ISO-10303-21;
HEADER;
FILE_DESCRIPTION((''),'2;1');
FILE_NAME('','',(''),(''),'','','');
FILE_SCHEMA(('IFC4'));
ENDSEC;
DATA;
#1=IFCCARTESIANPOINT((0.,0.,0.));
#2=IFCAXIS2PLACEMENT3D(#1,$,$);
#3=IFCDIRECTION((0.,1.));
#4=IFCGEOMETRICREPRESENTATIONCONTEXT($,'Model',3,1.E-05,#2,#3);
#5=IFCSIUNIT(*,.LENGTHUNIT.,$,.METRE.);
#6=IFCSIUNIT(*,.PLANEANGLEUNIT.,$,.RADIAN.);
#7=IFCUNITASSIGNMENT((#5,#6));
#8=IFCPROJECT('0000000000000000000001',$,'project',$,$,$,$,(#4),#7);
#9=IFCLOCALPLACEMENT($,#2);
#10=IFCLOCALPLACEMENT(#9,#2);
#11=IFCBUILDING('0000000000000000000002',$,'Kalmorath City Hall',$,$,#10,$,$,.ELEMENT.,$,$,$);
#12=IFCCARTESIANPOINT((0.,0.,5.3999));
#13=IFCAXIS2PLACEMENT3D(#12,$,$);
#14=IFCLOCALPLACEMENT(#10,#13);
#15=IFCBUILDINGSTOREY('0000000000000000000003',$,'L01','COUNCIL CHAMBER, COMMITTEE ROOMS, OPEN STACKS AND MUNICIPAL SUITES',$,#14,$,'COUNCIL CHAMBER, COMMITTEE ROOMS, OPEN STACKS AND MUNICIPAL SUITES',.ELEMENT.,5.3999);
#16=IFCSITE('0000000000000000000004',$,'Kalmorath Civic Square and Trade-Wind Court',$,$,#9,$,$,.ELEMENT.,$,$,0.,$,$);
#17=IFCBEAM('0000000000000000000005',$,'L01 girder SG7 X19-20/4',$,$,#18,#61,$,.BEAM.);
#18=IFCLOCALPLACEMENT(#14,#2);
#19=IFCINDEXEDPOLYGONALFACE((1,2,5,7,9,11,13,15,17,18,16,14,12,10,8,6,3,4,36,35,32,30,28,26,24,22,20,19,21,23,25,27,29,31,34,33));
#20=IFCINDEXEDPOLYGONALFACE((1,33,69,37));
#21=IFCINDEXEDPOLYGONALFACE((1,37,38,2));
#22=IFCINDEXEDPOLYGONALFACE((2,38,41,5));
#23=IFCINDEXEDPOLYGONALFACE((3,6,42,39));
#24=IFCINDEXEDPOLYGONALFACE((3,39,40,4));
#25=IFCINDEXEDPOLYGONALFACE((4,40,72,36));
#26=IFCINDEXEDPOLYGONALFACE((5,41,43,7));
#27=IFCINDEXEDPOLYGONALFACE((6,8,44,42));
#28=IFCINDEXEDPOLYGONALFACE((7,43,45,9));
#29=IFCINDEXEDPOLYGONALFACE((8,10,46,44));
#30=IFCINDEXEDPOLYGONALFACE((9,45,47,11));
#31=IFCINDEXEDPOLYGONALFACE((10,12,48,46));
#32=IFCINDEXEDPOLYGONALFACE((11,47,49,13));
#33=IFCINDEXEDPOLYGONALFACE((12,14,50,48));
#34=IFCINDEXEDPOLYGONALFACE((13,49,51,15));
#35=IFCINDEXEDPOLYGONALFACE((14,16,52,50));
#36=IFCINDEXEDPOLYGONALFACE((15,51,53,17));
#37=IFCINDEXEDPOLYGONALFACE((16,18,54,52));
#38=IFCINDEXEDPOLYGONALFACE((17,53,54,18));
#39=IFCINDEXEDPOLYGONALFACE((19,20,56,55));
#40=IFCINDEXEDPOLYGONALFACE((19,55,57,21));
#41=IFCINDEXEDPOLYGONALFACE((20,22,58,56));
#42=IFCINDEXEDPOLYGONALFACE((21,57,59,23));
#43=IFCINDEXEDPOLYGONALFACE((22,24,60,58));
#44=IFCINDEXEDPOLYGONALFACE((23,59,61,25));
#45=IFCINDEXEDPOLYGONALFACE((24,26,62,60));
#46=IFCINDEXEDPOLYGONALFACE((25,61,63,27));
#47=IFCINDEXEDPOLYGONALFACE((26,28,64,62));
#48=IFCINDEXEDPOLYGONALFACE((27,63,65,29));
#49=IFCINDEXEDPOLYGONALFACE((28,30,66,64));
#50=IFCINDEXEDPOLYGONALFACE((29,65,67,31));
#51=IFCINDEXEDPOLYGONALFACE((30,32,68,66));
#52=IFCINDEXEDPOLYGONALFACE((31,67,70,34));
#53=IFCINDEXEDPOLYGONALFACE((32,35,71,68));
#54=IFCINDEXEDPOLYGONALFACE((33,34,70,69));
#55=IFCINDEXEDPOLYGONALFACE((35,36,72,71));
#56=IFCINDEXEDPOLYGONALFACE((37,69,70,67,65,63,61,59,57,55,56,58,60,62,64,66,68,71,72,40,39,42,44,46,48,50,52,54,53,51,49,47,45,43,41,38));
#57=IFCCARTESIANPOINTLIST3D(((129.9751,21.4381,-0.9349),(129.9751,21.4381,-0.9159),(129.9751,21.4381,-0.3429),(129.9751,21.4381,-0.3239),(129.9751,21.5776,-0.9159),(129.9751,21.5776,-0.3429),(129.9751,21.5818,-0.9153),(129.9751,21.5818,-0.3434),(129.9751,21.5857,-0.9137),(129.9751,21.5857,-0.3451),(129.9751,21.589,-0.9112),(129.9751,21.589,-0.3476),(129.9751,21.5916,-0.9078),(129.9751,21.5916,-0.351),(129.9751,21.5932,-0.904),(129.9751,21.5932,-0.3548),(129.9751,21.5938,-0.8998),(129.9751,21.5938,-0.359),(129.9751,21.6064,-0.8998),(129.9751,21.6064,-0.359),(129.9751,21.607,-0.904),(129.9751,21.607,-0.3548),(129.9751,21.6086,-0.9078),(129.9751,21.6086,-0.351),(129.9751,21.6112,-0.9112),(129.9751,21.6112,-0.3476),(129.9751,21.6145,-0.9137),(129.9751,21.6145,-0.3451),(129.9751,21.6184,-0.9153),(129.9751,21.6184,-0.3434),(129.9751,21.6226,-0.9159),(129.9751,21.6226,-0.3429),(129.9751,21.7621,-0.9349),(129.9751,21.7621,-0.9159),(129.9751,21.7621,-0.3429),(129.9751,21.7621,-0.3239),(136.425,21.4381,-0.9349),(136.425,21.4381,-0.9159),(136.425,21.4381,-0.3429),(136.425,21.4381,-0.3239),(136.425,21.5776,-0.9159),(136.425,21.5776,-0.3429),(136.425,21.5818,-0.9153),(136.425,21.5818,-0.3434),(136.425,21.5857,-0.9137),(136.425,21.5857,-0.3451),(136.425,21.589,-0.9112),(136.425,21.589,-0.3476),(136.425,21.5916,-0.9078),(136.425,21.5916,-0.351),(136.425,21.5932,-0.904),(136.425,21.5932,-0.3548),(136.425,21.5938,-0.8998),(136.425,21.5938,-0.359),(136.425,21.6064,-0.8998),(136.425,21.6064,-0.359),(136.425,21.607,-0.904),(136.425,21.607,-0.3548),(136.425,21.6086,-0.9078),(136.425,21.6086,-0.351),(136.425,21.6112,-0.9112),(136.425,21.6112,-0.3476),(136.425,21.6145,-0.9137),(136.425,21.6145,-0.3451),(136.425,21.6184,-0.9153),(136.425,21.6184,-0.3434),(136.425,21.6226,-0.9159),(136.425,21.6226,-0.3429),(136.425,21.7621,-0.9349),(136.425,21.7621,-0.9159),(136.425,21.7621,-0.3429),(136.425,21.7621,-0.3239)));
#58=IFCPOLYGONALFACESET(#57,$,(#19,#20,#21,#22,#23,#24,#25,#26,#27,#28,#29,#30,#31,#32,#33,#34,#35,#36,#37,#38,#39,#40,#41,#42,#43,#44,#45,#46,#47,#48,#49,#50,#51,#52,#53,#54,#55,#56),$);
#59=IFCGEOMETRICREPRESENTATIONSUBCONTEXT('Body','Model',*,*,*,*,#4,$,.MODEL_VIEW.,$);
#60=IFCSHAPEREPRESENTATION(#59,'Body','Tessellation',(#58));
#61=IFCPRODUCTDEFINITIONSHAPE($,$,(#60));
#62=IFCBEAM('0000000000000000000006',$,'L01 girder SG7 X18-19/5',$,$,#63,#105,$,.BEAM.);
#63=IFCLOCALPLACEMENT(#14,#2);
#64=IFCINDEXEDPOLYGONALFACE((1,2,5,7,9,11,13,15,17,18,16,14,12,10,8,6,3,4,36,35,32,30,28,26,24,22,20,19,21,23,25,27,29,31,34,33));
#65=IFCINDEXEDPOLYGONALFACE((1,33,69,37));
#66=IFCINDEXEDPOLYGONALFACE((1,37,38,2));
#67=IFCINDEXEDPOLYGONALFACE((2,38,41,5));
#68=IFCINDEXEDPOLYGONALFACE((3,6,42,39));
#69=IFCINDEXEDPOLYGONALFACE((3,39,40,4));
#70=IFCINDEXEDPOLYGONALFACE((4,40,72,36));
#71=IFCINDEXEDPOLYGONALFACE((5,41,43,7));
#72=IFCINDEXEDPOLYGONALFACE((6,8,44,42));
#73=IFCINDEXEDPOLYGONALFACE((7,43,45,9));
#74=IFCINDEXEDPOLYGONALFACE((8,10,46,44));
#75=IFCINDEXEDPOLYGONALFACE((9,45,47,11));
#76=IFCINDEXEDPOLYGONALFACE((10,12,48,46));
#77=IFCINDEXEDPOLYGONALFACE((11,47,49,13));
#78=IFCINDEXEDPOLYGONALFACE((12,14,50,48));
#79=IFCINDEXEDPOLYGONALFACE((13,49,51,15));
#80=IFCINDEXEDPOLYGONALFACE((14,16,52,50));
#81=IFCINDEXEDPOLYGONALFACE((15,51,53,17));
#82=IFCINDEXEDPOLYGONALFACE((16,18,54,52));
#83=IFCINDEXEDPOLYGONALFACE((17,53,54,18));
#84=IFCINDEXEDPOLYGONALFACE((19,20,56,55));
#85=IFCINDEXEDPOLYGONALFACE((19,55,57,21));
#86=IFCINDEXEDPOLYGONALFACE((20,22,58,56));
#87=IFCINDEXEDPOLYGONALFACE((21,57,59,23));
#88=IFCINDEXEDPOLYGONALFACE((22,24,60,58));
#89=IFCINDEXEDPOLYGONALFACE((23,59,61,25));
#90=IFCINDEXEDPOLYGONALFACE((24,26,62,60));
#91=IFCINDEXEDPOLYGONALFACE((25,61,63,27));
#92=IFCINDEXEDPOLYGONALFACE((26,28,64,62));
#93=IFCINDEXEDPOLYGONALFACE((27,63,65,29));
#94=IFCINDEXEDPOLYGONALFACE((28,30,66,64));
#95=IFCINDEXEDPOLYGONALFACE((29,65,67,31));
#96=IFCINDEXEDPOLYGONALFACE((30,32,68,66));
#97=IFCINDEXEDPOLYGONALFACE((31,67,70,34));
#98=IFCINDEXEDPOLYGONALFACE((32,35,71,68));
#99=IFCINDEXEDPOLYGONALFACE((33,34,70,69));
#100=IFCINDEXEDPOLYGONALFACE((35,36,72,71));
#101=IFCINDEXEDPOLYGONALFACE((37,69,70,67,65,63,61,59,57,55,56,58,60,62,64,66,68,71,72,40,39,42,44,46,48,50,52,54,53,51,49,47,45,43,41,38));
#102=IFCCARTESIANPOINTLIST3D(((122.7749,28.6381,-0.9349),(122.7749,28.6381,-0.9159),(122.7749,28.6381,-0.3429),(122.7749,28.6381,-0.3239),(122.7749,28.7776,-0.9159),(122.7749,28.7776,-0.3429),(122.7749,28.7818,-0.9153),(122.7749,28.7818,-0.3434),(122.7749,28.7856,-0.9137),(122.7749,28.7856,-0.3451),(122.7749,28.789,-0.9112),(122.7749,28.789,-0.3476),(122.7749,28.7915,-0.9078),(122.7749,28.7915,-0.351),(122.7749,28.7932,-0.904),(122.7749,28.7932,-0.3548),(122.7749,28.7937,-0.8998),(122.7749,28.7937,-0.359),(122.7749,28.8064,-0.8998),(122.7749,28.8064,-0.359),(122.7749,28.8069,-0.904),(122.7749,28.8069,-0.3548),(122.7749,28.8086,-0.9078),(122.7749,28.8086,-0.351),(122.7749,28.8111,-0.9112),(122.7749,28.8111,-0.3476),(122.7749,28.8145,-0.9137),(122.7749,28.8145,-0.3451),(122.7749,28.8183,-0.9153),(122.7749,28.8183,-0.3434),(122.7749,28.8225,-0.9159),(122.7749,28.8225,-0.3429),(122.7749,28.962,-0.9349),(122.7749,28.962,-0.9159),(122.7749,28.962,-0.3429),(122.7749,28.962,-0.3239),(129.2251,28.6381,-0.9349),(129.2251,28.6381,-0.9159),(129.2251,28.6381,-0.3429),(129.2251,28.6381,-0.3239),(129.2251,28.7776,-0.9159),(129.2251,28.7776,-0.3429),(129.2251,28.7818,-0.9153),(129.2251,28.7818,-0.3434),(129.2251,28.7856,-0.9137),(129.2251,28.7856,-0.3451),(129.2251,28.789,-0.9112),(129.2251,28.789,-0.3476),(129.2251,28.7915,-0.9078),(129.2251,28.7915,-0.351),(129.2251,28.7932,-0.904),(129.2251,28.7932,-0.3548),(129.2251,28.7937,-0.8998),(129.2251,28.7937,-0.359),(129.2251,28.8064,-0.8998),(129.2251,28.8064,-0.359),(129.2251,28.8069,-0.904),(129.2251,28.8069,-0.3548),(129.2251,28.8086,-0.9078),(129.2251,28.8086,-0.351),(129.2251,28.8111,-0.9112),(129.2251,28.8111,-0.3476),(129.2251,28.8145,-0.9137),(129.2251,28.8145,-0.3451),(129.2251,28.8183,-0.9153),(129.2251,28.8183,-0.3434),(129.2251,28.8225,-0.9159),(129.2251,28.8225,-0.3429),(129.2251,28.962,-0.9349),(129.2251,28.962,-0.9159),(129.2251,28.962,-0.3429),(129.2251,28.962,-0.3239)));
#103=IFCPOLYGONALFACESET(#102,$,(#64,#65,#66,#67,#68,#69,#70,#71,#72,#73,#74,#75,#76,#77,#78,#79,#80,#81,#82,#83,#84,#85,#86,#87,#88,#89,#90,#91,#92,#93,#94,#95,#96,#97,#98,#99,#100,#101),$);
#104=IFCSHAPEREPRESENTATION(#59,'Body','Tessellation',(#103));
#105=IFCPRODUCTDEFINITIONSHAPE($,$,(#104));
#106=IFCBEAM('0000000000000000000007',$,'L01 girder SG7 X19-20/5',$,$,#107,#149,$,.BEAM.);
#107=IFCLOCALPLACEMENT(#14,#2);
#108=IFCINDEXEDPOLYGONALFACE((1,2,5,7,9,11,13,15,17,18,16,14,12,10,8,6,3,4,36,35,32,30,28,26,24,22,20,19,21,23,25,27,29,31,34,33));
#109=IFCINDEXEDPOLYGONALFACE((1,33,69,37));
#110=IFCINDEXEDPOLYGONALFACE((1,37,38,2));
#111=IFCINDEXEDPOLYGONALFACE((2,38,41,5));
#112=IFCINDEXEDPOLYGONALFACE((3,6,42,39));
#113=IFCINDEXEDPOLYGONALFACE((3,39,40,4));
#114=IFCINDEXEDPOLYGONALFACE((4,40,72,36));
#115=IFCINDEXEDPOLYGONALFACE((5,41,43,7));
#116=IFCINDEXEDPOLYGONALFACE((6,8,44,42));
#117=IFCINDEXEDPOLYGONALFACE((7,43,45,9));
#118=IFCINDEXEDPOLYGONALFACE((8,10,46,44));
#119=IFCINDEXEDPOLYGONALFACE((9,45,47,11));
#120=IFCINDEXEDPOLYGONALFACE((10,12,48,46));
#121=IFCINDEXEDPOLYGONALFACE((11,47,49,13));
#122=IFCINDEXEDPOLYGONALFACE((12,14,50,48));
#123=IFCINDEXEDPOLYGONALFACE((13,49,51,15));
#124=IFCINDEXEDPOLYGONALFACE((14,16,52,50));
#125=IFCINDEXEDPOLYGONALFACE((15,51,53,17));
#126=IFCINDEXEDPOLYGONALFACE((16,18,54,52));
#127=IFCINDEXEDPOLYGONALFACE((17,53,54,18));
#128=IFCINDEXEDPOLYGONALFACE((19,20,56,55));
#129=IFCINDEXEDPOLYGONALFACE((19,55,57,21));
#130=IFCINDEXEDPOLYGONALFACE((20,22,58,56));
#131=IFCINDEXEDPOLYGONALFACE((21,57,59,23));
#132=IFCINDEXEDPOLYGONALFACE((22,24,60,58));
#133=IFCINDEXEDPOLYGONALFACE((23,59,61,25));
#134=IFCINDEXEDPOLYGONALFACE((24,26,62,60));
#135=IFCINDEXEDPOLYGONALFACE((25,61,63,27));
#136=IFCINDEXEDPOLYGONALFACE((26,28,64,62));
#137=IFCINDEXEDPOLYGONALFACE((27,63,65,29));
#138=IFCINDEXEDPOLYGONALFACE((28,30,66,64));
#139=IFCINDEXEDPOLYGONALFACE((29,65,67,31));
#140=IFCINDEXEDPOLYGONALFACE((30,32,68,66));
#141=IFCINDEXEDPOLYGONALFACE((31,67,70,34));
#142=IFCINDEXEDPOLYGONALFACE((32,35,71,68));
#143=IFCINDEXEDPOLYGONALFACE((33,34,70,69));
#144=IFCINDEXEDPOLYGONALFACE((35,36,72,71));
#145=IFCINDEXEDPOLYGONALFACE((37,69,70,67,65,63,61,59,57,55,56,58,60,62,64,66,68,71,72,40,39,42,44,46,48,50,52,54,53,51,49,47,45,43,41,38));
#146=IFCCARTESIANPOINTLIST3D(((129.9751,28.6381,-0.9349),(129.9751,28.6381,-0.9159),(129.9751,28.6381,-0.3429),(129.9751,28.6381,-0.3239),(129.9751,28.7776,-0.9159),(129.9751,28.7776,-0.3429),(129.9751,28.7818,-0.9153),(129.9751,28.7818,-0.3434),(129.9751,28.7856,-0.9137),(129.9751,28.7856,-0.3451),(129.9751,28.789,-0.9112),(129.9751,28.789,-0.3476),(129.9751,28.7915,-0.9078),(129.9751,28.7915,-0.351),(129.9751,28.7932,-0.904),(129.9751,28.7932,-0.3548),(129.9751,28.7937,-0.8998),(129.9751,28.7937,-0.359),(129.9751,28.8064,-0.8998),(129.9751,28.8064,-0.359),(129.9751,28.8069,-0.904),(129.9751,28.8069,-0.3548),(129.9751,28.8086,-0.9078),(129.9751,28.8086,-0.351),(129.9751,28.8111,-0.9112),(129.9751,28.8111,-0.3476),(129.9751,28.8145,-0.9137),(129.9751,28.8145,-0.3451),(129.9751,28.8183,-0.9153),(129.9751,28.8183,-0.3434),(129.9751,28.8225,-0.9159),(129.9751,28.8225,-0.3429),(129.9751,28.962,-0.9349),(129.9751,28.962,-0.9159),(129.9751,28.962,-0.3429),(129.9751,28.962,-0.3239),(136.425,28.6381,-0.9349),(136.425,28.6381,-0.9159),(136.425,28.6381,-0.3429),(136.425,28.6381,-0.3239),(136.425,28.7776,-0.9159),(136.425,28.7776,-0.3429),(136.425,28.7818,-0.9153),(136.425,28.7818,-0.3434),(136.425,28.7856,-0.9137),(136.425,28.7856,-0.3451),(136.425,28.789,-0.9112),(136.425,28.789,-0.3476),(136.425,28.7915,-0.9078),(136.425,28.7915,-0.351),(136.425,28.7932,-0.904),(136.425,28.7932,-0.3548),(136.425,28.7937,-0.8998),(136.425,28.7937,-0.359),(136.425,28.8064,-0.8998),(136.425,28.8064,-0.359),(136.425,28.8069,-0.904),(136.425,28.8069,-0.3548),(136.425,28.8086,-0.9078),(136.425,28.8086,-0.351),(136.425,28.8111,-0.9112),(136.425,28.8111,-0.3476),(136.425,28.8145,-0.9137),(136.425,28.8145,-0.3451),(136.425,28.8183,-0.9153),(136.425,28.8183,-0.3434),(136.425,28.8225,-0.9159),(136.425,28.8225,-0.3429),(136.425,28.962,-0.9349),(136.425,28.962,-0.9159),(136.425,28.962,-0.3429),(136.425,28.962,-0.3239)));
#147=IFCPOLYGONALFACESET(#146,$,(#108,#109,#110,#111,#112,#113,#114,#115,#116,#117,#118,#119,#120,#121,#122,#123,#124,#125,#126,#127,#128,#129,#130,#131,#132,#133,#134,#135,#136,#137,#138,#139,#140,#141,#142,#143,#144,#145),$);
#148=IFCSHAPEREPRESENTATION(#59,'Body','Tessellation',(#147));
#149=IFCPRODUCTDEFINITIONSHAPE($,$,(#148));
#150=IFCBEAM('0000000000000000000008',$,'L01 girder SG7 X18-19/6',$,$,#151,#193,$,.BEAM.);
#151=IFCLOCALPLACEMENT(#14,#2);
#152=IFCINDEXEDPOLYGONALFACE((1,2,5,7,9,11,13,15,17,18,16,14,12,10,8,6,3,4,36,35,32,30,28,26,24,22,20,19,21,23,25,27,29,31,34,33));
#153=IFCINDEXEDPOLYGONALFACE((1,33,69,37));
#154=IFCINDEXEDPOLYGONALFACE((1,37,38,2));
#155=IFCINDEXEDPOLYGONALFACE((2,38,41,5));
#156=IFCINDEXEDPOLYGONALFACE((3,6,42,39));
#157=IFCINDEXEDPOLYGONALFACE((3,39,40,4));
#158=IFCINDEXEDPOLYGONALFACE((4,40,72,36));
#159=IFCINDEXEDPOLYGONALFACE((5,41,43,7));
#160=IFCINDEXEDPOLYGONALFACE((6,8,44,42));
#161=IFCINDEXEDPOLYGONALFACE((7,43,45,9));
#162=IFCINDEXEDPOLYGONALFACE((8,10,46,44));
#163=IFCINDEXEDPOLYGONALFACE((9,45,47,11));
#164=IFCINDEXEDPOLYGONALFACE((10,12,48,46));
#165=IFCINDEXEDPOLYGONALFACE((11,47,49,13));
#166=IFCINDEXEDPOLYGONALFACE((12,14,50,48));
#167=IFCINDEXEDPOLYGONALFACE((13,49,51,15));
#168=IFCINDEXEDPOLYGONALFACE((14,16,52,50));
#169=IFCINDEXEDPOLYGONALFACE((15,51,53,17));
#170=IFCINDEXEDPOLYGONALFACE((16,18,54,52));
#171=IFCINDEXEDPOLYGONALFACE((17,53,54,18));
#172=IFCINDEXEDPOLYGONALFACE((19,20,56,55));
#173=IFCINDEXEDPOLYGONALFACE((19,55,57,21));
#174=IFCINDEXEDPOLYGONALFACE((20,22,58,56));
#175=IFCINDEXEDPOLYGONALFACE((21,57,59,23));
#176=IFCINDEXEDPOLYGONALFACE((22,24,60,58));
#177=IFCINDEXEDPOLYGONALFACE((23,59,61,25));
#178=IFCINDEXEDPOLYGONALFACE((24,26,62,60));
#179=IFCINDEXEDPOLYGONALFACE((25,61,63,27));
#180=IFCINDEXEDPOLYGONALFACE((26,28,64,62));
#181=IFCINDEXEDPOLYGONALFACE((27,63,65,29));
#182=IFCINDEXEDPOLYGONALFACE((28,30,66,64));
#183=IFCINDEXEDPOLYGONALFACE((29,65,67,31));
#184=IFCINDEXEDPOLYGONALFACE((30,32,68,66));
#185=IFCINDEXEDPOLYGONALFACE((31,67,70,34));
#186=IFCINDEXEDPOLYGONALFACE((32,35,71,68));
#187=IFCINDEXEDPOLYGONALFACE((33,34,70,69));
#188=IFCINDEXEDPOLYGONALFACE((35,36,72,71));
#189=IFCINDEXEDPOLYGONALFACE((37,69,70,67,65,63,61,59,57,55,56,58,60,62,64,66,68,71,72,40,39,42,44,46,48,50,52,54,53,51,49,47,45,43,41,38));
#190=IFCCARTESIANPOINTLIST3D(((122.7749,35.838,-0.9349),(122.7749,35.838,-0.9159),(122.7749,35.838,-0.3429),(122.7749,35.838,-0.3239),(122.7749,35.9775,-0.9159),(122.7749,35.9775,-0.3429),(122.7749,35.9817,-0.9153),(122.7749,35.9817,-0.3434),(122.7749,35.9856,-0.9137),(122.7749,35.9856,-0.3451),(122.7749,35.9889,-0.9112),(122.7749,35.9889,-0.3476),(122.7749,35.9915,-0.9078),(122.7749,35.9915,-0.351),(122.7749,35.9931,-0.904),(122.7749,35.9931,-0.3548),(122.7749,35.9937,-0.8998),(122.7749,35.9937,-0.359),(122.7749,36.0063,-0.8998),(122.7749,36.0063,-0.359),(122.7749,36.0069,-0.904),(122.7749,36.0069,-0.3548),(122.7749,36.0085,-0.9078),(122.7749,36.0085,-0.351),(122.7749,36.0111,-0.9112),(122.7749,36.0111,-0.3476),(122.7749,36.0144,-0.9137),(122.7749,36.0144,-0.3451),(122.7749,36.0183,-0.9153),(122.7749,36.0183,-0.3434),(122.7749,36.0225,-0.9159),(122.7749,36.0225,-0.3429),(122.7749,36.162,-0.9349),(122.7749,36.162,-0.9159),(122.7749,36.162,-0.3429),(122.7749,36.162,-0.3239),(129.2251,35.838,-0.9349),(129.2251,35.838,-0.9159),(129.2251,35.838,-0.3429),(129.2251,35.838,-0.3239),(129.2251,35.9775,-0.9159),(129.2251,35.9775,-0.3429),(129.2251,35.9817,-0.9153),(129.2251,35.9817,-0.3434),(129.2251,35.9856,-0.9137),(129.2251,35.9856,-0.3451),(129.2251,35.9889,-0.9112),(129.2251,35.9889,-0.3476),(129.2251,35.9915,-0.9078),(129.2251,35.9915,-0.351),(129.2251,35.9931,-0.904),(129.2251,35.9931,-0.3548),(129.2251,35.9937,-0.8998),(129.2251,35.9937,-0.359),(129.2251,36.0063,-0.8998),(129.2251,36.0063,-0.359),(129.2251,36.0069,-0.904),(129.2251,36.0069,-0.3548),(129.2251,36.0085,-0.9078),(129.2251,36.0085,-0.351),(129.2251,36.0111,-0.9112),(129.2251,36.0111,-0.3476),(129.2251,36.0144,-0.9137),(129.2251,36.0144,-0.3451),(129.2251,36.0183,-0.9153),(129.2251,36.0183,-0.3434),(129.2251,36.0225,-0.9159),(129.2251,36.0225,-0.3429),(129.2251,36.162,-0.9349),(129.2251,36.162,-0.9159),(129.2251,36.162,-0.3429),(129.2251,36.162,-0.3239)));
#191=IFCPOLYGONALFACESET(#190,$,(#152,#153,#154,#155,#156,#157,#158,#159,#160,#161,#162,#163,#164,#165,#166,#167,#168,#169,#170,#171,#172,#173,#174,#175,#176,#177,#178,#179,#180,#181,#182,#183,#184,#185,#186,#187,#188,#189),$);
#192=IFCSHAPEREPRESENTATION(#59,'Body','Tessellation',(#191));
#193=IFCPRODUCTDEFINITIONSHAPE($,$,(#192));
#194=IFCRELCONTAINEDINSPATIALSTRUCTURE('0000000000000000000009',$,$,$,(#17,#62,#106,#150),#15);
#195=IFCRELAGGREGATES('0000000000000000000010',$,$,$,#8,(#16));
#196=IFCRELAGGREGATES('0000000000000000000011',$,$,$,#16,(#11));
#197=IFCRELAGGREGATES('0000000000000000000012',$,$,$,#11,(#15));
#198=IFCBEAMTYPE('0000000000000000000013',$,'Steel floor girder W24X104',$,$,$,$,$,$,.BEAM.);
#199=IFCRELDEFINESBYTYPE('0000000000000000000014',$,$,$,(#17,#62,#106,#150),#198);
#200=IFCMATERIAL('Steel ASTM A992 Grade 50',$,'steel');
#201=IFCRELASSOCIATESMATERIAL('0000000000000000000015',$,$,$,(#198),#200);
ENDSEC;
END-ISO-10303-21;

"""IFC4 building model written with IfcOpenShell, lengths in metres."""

from ifc_helpers import new_model, si_unit, direction, frame, origin, origin_2d, place, context, subcontext, project, spatial, i_section, extrude, material, material_profile, profile_set, type_object, element, save


model = new_model("IFC4")

# Units and contexts
model_context = context("Model", 3, precision=1e-05, world=origin(), true_north=direction((0.0, 1.0)))
body_context = subcontext(model_context, "Body", "Model", "MODEL_VIEW")
ifc_project = project(units=[si_unit("LENGTHUNIT", "METRE"), si_unit("PLANEANGLEUNIT", "RADIAN")], contexts=[model_context])

# Site, building, storey
site_placement = place(None, origin())
site = spatial("IfcSite", under=ifc_project, at=site_placement, Name="Kalmorath Civic Square and Trade-Wind Court", CompositionType="ELEMENT", RefElevation=0.0)
building_placement = place(site_placement, origin())
building = spatial("IfcBuilding", under=site, at=building_placement, Name="Kalmorath City Hall", CompositionType="ELEMENT")
storey_placement = place(building_placement, frame((0.0, 0.0, 5.3999)))
storey = spatial("IfcBuildingStorey", under=building, at=storey_placement, Name="L01", Description="COUNCIL CHAMBER, COMMITTEE ROOMS, OPEN STACKS AND MUNICIPAL SUITES", LongName="COUNCIL CHAMBER, COMMITTEE ROOMS, OPEN STACKS AND MUNICIPAL SUITES", CompositionType="ELEMENT", Elevation=5.3999)

# Beams
ifc_material_1 = material(Name="Steel ASTM A992 Grade 50", Category="steel")
ifc_material_profile_1 = material_profile(ifc_material_1, i_section(OverallWidth=0.324, OverallDepth=0.6111, WebThickness=0.0127, FlangeThickness=0.019, FilletRadius=0.0161, at=origin_2d()), Name="W24X104")
ifc_profile_set_1 = profile_set([ifc_material_profile_1], Name="Steel ASTM A992 Grade 50")
beam_type_1 = type_object("IfcBeamType", Name="Steel floor girder W24X104", PredefinedType="BEAM", material=ifc_profile_set_1)
for number, where, z_axis, x_axis, name in (
    (1, (129.9751, 21.6001, -0.6294), (1.0, 0.0, 0.0), (0.0, 1.0, 0.0), "L01 girder SG7 X19-20/4"),
):
    element("IfcBeam", number, at=place(storey_placement, frame(where, z_axis=z_axis, x_axis=x_axis)), inside=storey, type_object=beam_type_1, Name=name, PredefinedType="BEAM", context=body_context, shape_type="SweptSolid", body=[
        extrude(i_section(OverallWidth=0.324, OverallDepth=0.6111, WebThickness=0.0127, FlangeThickness=0.019, FilletRadius=0.0161, at=origin_2d()), origin(), (0.0, 0.0, 1.0), 6.45),
    ])
beam_1_placement = place(storey_placement, frame((122.7749, 28.8, -0.6294), z_axis=(1.0, 0.0, 0.0), x_axis=(0.0, 1.0, 0.0)))
element("IfcBeam", 2, at=beam_1_placement, inside=storey, type_object=beam_type_1, Name="L01 girder SG7 X18-19/5", PredefinedType="BEAM", context=body_context, shape_type="SweptSolid", body=[
    extrude(i_section(OverallWidth=0.324, OverallDepth=0.6111, WebThickness=0.0127, FlangeThickness=0.019, FilletRadius=0.0161, at=origin_2d()), origin(), (0.0, 0.0, 1.0), 6.4502),
])
beam_2_placement = place(storey_placement, frame((129.9751, 28.8, -0.6294), z_axis=(1.0, 0.0, 0.0), x_axis=(0.0, 1.0, 0.0)))
element("IfcBeam", 3, at=beam_2_placement, inside=storey, type_object=beam_type_1, Name="L01 girder SG7 X19-20/5", PredefinedType="BEAM", context=body_context, shape_type="SweptSolid", body=[
    extrude(i_section(OverallWidth=0.324, OverallDepth=0.6111, WebThickness=0.0127, FlangeThickness=0.019, FilletRadius=0.0161, at=origin_2d()), origin(), (0.0, 0.0, 1.0), 6.45),
])
beam_3_placement = place(storey_placement, frame((122.7749, 36.0, -0.6294), z_axis=(1.0, 0.0, 0.0), x_axis=(0.0, 1.0, 0.0)))
element("IfcBeam", 4, at=beam_3_placement, inside=storey, type_object=beam_type_1, Name="L01 girder SG7 X18-19/6", PredefinedType="BEAM", context=body_context, shape_type="SweptSolid", body=[
    extrude(i_section(OverallWidth=0.324, OverallDepth=0.6111, WebThickness=0.0127, FlangeThickness=0.019, FilletRadius=0.0161, at=origin_2d()), origin(), (0.0, 0.0, 1.0), 6.4502),
])

save(model, "model.ifc")
